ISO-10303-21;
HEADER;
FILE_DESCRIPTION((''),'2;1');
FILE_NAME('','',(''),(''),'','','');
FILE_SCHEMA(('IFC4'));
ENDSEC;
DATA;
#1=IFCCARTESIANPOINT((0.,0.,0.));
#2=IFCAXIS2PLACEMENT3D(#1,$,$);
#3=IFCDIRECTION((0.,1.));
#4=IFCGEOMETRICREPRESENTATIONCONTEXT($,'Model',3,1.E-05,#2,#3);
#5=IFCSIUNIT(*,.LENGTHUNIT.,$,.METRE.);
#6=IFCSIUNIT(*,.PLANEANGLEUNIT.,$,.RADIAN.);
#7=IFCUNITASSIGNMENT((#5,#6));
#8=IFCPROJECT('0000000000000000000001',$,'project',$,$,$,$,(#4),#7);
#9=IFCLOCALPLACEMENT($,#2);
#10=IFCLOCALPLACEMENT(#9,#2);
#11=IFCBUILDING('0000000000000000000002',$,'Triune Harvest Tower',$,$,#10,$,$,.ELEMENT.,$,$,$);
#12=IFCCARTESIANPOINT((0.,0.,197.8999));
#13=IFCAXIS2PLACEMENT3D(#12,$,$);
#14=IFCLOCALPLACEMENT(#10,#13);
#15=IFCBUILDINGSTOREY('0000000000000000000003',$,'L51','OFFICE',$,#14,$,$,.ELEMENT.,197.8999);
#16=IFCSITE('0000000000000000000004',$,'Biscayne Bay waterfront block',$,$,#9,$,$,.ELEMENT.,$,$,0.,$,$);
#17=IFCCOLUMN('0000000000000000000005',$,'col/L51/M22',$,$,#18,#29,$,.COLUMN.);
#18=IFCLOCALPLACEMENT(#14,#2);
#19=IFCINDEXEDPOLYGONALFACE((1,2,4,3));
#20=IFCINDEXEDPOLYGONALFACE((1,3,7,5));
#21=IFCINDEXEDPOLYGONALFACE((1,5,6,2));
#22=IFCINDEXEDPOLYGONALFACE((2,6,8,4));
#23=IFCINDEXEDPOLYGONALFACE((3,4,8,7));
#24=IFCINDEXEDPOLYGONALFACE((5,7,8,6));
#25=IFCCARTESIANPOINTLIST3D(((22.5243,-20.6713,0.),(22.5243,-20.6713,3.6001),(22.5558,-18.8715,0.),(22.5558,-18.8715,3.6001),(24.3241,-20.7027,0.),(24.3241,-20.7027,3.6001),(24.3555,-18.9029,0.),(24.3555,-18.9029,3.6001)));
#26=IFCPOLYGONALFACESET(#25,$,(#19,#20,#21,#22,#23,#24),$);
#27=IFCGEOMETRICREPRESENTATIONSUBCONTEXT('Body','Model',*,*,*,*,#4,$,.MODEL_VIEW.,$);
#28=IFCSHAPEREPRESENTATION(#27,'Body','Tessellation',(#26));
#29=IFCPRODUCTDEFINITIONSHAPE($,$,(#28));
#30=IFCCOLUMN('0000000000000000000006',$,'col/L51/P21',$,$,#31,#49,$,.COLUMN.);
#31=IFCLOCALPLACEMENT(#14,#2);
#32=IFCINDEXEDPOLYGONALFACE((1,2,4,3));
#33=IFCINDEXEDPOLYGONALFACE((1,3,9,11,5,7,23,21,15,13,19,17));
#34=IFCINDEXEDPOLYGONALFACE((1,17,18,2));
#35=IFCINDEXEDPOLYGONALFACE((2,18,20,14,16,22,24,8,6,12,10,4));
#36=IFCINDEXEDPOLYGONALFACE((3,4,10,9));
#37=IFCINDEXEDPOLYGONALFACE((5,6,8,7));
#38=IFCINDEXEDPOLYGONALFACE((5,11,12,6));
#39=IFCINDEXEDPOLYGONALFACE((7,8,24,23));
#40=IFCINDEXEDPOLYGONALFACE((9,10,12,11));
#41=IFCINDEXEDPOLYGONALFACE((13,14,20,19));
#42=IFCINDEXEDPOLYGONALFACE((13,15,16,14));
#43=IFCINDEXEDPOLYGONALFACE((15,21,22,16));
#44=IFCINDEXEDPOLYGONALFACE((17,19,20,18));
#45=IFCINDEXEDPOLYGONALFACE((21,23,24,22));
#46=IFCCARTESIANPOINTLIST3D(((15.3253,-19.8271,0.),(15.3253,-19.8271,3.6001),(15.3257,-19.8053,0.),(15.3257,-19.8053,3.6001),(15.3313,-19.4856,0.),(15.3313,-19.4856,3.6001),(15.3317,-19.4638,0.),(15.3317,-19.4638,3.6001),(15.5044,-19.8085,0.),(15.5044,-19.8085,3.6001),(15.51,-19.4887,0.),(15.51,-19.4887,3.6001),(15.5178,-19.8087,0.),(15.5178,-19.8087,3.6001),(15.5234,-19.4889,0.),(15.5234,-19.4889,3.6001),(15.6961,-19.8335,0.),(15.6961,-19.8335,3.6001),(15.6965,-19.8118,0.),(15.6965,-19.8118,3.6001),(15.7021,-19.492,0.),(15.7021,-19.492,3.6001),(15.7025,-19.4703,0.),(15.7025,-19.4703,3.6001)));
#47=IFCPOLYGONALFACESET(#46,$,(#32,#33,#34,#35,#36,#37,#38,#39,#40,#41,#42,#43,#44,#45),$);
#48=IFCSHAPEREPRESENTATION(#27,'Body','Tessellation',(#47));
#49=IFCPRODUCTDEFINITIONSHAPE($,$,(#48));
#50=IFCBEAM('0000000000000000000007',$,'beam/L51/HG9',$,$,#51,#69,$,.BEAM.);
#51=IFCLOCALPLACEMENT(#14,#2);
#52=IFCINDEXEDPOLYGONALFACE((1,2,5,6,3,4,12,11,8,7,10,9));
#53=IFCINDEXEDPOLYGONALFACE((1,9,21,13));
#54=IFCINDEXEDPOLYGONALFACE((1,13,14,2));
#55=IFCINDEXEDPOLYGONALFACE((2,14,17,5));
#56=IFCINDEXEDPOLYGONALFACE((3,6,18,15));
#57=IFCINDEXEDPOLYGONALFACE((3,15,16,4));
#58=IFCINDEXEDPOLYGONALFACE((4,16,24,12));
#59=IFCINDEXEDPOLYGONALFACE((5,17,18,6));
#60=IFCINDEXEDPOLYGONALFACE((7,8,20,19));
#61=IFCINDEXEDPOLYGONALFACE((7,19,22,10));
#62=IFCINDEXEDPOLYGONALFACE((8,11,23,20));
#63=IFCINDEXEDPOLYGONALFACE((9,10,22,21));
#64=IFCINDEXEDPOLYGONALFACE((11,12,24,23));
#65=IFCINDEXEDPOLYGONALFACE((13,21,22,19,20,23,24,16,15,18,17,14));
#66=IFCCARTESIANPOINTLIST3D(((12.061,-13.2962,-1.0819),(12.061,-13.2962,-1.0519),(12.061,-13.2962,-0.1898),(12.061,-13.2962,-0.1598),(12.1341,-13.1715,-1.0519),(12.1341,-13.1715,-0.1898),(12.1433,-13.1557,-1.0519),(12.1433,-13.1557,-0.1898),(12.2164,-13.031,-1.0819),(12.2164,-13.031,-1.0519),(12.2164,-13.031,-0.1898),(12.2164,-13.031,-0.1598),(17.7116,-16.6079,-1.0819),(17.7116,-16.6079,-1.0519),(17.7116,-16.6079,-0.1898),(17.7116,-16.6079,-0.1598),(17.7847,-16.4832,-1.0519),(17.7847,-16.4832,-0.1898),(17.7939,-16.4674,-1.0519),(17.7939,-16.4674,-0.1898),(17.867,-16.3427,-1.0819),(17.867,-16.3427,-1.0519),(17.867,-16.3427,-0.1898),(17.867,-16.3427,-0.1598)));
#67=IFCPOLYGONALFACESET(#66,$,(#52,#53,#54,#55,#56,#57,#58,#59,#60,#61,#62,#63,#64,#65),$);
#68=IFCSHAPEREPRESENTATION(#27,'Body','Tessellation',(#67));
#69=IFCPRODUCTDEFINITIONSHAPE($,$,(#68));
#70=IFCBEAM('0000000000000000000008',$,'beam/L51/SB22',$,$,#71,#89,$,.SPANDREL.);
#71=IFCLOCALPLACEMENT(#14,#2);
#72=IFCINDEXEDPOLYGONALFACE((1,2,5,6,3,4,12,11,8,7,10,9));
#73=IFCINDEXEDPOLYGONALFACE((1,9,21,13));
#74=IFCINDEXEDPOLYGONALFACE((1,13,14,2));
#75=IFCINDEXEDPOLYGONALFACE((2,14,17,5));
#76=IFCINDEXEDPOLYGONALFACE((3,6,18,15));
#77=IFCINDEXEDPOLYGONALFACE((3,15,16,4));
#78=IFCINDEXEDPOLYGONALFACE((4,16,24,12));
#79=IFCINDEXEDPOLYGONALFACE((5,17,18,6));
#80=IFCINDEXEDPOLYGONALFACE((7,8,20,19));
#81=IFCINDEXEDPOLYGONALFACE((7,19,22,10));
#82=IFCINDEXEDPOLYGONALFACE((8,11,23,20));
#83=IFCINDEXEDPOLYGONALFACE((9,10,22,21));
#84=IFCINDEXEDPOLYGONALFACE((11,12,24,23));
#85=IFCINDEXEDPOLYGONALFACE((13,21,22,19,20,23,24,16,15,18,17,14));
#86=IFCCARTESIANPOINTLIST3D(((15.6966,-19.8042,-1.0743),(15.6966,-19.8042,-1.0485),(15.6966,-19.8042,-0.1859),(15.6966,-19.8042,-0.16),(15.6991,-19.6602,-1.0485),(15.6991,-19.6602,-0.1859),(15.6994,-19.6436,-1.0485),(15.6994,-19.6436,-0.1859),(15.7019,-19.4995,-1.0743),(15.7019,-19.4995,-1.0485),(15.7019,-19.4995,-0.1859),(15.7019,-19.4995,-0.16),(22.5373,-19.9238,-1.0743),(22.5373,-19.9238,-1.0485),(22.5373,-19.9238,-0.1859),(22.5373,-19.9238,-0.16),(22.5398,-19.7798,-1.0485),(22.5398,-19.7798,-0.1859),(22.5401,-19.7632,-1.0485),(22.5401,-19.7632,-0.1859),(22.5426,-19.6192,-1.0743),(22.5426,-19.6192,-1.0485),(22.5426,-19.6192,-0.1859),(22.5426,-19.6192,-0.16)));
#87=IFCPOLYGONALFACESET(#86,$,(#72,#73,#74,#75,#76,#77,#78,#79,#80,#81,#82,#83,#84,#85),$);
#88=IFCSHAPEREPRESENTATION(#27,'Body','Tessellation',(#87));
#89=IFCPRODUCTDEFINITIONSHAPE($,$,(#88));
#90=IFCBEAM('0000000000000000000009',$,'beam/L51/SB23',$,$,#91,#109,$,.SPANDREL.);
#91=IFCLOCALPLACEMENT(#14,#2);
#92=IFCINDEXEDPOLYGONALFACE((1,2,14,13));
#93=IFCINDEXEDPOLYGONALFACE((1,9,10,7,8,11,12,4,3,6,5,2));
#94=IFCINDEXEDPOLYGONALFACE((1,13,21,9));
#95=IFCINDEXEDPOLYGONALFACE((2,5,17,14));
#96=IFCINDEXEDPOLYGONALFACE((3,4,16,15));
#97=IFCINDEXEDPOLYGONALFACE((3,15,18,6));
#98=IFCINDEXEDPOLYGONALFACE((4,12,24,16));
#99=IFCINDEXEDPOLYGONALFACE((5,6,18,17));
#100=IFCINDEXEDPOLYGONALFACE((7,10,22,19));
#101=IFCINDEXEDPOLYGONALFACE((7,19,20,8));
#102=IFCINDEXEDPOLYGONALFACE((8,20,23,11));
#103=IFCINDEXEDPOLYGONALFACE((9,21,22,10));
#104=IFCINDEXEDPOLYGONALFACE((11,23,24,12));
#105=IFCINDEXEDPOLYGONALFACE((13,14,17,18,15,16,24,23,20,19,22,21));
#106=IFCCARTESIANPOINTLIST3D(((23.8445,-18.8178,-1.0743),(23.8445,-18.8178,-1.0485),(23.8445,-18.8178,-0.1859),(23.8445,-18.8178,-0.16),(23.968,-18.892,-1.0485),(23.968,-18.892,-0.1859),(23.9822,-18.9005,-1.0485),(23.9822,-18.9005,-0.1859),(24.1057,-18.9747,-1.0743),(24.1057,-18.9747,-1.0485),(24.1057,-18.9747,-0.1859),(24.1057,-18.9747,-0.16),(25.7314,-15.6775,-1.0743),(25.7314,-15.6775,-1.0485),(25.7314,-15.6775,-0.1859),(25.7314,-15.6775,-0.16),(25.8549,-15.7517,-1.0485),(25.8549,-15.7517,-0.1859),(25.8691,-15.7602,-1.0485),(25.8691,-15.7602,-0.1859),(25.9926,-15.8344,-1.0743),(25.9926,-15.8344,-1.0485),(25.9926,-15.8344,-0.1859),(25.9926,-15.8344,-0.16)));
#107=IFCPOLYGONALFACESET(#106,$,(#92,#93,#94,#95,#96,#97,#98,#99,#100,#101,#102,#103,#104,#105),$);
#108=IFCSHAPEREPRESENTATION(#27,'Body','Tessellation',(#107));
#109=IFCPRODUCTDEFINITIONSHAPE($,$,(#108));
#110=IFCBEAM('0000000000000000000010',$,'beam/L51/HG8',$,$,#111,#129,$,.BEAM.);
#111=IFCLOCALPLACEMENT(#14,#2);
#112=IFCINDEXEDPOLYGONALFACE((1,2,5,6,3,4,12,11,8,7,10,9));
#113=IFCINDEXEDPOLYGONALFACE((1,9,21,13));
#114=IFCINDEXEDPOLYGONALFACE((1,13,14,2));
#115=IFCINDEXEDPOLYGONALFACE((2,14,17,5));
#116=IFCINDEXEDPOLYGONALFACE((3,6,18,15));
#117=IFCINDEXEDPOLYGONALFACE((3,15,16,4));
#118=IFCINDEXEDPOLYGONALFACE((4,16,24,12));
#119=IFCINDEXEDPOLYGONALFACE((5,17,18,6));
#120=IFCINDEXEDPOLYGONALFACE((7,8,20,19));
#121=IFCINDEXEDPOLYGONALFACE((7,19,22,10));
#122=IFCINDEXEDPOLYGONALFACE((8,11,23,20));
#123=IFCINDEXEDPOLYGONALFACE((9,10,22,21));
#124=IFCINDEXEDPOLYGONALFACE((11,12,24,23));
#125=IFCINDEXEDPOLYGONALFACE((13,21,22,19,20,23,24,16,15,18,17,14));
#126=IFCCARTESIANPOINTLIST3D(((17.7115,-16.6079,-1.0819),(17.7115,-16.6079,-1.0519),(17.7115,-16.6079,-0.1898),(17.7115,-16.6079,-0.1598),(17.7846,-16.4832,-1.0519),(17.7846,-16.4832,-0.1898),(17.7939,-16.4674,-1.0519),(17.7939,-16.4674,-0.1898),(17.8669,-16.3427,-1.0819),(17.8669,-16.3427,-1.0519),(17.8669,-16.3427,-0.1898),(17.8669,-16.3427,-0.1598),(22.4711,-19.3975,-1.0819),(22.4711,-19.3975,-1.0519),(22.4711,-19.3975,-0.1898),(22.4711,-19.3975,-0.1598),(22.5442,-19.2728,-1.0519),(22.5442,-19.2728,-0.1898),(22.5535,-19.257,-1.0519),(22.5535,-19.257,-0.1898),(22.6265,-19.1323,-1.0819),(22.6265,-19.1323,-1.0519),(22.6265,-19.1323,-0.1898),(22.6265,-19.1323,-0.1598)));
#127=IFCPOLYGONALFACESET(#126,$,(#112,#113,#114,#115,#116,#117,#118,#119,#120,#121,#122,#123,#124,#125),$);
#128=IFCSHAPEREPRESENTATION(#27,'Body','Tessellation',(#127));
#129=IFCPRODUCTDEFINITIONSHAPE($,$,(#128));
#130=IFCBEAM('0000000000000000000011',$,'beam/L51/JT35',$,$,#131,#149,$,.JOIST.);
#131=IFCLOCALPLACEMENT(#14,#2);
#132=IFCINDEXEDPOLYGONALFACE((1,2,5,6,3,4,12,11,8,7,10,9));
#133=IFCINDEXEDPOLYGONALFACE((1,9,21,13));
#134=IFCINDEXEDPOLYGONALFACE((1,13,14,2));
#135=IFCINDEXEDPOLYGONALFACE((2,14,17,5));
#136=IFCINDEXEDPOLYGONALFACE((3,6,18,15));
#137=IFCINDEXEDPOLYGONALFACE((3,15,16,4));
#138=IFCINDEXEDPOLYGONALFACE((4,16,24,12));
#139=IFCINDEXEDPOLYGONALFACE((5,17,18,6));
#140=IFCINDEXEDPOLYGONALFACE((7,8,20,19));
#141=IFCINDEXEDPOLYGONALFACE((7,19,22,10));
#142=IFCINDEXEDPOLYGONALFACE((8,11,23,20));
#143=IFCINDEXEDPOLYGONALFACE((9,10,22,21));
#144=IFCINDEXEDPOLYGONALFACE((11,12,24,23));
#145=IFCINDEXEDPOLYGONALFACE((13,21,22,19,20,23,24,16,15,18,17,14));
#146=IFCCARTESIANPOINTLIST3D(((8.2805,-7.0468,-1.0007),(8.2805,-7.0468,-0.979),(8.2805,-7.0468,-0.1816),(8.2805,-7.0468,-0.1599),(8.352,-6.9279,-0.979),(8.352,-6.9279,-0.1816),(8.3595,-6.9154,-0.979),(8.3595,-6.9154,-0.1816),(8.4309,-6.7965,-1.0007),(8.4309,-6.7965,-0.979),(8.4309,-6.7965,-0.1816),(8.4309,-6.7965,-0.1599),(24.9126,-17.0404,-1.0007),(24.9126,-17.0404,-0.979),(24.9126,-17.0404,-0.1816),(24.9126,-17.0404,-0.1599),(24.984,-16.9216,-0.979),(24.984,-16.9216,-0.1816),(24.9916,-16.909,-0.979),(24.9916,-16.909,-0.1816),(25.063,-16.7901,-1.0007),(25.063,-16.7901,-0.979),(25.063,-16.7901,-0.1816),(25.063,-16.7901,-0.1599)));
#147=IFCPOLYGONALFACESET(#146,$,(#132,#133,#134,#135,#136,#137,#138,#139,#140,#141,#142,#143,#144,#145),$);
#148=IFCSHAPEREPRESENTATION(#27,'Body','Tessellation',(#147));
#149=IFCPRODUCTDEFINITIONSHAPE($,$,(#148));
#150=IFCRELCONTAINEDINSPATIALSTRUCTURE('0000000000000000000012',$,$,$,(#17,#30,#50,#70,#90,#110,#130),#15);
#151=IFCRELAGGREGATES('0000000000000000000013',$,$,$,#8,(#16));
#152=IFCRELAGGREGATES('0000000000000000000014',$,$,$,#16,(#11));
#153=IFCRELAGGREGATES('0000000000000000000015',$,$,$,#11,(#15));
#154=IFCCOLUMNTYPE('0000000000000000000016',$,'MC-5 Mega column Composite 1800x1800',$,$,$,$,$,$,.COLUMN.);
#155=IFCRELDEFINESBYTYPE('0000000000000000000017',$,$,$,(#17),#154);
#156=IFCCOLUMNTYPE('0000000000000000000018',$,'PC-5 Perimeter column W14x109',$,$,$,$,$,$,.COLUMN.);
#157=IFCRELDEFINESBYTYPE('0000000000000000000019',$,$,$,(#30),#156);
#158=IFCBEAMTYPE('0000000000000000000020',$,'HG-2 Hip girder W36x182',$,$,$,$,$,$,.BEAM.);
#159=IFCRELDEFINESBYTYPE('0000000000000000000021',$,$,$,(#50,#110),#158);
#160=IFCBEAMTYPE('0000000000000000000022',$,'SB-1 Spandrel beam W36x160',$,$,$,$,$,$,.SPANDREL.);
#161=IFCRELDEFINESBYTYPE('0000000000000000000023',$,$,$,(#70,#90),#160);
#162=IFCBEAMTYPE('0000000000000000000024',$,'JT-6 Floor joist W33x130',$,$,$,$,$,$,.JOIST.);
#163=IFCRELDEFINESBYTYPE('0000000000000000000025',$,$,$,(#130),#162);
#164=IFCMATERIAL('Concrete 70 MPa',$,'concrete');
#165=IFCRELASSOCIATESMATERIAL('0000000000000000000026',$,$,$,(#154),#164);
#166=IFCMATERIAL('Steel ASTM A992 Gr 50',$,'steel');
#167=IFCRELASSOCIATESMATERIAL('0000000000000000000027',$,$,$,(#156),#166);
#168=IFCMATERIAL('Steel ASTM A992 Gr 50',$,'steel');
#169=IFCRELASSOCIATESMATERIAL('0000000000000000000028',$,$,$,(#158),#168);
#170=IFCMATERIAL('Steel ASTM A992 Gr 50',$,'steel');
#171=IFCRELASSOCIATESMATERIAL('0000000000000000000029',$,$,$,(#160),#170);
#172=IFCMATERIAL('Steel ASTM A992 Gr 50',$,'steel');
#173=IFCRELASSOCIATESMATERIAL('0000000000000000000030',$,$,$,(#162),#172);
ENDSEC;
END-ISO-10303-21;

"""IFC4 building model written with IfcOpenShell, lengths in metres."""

from ifc_helpers import new_model, si_unit, direction, frame, origin, origin_2d, place, context, subcontext, project, spatial, rectangle, i_section, extrude, source, transform, mapped, material, material_profile, profile_set, type_object, element, save


model = new_model("IFC4")

# Units and contexts
model_context = context("Model", 3, precision=1e-05, world=origin(), true_north=direction((0.0, 1.0)))
body_context = subcontext(model_context, "Body", "Model", "MODEL_VIEW")
ifc_project = project(units=[si_unit("LENGTHUNIT", "METRE"), si_unit("PLANEANGLEUNIT", "RADIAN")], contexts=[model_context])

# Site, building, storey
site_placement = place(None, origin())
site = spatial("IfcSite", under=ifc_project, at=site_placement, Name="Biscayne Bay waterfront block", CompositionType="ELEMENT", RefElevation=0.0)
building_placement = place(site_placement, origin())
building = spatial("IfcBuilding", under=site, at=building_placement, Name="Triune Harvest Tower", CompositionType="ELEMENT")
storey_placement = place(building_placement, frame((0.0, 0.0, 197.8999)))
storey = spatial("IfcBuildingStorey", under=building, at=storey_placement, Name="L51", Description="OFFICE", CompositionType="ELEMENT", Elevation=197.8999)

# Columns
ifc_material_1 = material(Name="Concrete 70 MPa", Category="concrete")
ifc_material_profile_1 = material_profile(ifc_material_1, rectangle(XDim=1.8, YDim=1.8, at=origin_2d()), Name="Composite 1800x1800")
ifc_profile_set_1 = profile_set([ifc_material_profile_1], Name="Concrete 70 MPa")
column_type_1 = type_object("IfcColumnType", Name="MC-5 Mega column Composite 1800x1800", PredefinedType="COLUMN", material=ifc_profile_set_1)
shared_shape_1 = source(origin(), body_context, "Body", "SweptSolid", [
    extrude(rectangle(XDim=1.8, YDim=1.8, at=origin_2d()), origin(), (0.0, 0.0, 1.0), 3.6001),
])
column_1_placement = place(storey_placement, frame((23.4399, -19.7871, 0.0), z_axis=(0.0, 0.0, 1.0), x_axis=(0.999848, -0.017452, 0.0)))
element("IfcColumn", 1, at=column_1_placement, inside=storey, type_object=column_type_1, Name="col/L51/M22", PredefinedType="COLUMN", context=body_context, shape_type="MappedRepresentation", body=[
    mapped(shared_shape_1, transform((0.0, 0.0, 0.0), scale=1.0)),
])
ifc_material_2 = material(Name="Steel ASTM A992 Gr 50", Category="steel")
ifc_material_profile_2 = material_profile(ifc_material_2, i_section(OverallWidth=0.3708, OverallDepth=0.3633, WebThickness=0.0134, FlangeThickness=0.0217, at=origin_2d()), Name="W14x109")
ifc_profile_set_2 = profile_set([ifc_material_profile_2], Name="Steel ASTM A992 Gr 50")
column_type_2 = type_object("IfcColumnType", Name="PC-5 Perimeter column W14x109", PredefinedType="COLUMN", material=ifc_profile_set_2)
shared_shape_2 = source(origin(), body_context, "Body", "SweptSolid", [
    extrude(i_section(OverallWidth=0.3708, OverallDepth=0.3633, WebThickness=0.0134, FlangeThickness=0.0217, at=origin_2d()), origin(), (0.0, 0.0, 1.0), 3.6001),
])
column_2_placement = place(storey_placement, frame((15.5139, -19.6487, 0.0), z_axis=(0.0, 0.0, 1.0), x_axis=(0.999848, -0.017452, 0.0)))
element("IfcColumn", 2, at=column_2_placement, inside=storey, type_object=column_type_2, Name="col/L51/P21", PredefinedType="COLUMN", context=body_context, shape_type="MappedRepresentation", body=[
    mapped(shared_shape_2, transform((0.0, 0.0, 0.0), scale=1.0)),
])

# Beams
ifc_material_3 = material(Name="Steel ASTM A992 Gr 50", Category="steel")
ifc_material_profile_3 = material_profile(ifc_material_3, i_section(OverallWidth=0.3074, OverallDepth=0.9221, WebThickness=0.0183, FlangeThickness=0.03, at=origin_2d()), Name="W36x182")
ifc_profile_set_3 = profile_set([ifc_material_profile_3], Name="Steel ASTM A992 Gr 50")
beam_type_1 = type_object("IfcBeamType", Name="HG-2 Hip girder W36x182", PredefinedType="BEAM", material=ifc_profile_set_3)
shared_shape_3 = source(origin(), body_context, "Body", "SweptSolid", [
    extrude(i_section(OverallWidth=0.3074, OverallDepth=0.9221, WebThickness=0.0183, FlangeThickness=0.03, at=origin_2d()), origin(), (0.0, 0.0, 1.0), 6.5496),
])
beam_1_placement = place(storey_placement, frame((17.7893, -16.4753, -0.6208), z_axis=(-0.862743, 0.505643, 0.0), x_axis=(-0.505643, -0.862743, 0.0)))
element("IfcBeam", 3, at=beam_1_placement, inside=storey, type_object=beam_type_1, Name="beam/L51/HG9", PredefinedType="BEAM", context=body_context, shape_type="MappedRepresentation", body=[
    mapped(shared_shape_3, transform((0.0, 0.0, 0.0), scale=1.0)),
])
ifc_material_4 = material(Name="Steel ASTM A992 Gr 50", Category="steel")
ifc_material_profile_4 = material_profile(ifc_material_4, i_section(OverallWidth=0.3047, OverallDepth=0.9143, WebThickness=0.0166, FlangeThickness=0.0259, at=origin_2d()), Name="W36x160")
ifc_profile_set_4 = profile_set([ifc_material_profile_4], Name="Steel ASTM A992 Gr 50")
beam_type_2 = type_object("IfcBeamType", Name="SB-1 Spandrel beam W36x160", PredefinedType="SPANDREL", material=ifc_profile_set_4)
shared_shape_4 = source(origin(), body_context, "Body", "SweptSolid", [
    extrude(i_section(OverallWidth=0.3047, OverallDepth=0.9143, WebThickness=0.0166, FlangeThickness=0.0259, at=origin_2d()), origin(), (0.0, 0.0, 1.0), 6.8418),
])
beam_2_placement = place(storey_placement, frame((15.6992, -19.6519, -0.6172), z_axis=(0.999847, -0.017485, 0.0), x_axis=(0.017485, 0.999847, 0.0)))
element("IfcBeam", 4, at=beam_2_placement, inside=storey, type_object=beam_type_2, Name="beam/L51/SB22", PredefinedType="SPANDREL", context=body_context, shape_type="MappedRepresentation", body=[
    mapped(shared_shape_4, transform((0.0, 0.0, 0.0), scale=1.0)),
])
shared_shape_5 = source(origin(), body_context, "Body", "SweptSolid", [
    extrude(i_section(OverallWidth=0.3047, OverallDepth=0.9143, WebThickness=0.0166, FlangeThickness=0.0259, at=origin_2d()), origin(), (0.0, 0.0, 1.0), 3.6636),
])
beam_3_placement = place(storey_placement, frame((23.9751, -18.8962, -0.6172), z_axis=(0.515044, 0.857163, 0.0), x_axis=(-0.857163, 0.515044, 0.0)))
element("IfcBeam", 5, at=beam_3_placement, inside=storey, type_object=beam_type_2, Name="beam/L51/SB23", PredefinedType="SPANDREL", context=body_context, shape_type="MappedRepresentation", body=[
    mapped(shared_shape_5, transform((0.0, 0.0, 0.0), scale=1.0)),
])
shared_shape_6 = source(origin(), body_context, "Body", "SweptSolid", [
    extrude(i_section(OverallWidth=0.3074, OverallDepth=0.9221, WebThickness=0.0183, FlangeThickness=0.03, at=origin_2d()), origin(), (0.0, 0.0, 1.0), 5.5168),
])
beam_4_placement = place(storey_placement, frame((22.5488, -19.2649, -0.6208), z_axis=(-0.862739, 0.50565, 0.0), x_axis=(-0.50565, -0.862739, 0.0)))
element("IfcBeam", 6, at=beam_4_placement, inside=storey, type_object=beam_type_1, Name="beam/L51/HG8", PredefinedType="BEAM", context=body_context, shape_type="MappedRepresentation", body=[
    mapped(shared_shape_6, transform((0.0, 0.0, 0.0), scale=1.0)),
])
ifc_material_5 = material(Name="Steel ASTM A992 Gr 50", Category="steel")
ifc_material_profile_5 = material_profile(ifc_material_5, i_section(OverallWidth=0.292, OverallDepth=0.8408, WebThickness=0.0146, FlangeThickness=0.0217, at=origin_2d()), Name="W33x130")
ifc_profile_set_5 = profile_set([ifc_material_profile_5], Name="Steel ASTM A992 Gr 50")
beam_type_3 = type_object("IfcBeamType", Name="JT-6 Floor joist W33x130", PredefinedType="JOIST", material=ifc_profile_set_5)
shared_shape_7 = source(origin(), body_context, "Body", "SweptSolid", [
    extrude(i_section(OverallWidth=0.292, OverallDepth=0.8408, WebThickness=0.0146, FlangeThickness=0.0217, at=origin_2d()), origin(), (0.0, 0.0, 1.0), 19.4036),
])
beam_5_placement = place(storey_placement, frame((24.9878, -16.9153, -0.5803), z_axis=(-0.857165, 0.515041, 0.0), x_axis=(-0.515041, -0.857165, 0.0)))
element("IfcBeam", 7, at=beam_5_placement, inside=storey, type_object=beam_type_3, Name="beam/L51/JT35", PredefinedType="JOIST", context=body_context, shape_type="MappedRepresentation", body=[
    mapped(shared_shape_7, transform((0.0, 0.0, 0.0), scale=1.0)),
])

save(model, "model.ifc")
